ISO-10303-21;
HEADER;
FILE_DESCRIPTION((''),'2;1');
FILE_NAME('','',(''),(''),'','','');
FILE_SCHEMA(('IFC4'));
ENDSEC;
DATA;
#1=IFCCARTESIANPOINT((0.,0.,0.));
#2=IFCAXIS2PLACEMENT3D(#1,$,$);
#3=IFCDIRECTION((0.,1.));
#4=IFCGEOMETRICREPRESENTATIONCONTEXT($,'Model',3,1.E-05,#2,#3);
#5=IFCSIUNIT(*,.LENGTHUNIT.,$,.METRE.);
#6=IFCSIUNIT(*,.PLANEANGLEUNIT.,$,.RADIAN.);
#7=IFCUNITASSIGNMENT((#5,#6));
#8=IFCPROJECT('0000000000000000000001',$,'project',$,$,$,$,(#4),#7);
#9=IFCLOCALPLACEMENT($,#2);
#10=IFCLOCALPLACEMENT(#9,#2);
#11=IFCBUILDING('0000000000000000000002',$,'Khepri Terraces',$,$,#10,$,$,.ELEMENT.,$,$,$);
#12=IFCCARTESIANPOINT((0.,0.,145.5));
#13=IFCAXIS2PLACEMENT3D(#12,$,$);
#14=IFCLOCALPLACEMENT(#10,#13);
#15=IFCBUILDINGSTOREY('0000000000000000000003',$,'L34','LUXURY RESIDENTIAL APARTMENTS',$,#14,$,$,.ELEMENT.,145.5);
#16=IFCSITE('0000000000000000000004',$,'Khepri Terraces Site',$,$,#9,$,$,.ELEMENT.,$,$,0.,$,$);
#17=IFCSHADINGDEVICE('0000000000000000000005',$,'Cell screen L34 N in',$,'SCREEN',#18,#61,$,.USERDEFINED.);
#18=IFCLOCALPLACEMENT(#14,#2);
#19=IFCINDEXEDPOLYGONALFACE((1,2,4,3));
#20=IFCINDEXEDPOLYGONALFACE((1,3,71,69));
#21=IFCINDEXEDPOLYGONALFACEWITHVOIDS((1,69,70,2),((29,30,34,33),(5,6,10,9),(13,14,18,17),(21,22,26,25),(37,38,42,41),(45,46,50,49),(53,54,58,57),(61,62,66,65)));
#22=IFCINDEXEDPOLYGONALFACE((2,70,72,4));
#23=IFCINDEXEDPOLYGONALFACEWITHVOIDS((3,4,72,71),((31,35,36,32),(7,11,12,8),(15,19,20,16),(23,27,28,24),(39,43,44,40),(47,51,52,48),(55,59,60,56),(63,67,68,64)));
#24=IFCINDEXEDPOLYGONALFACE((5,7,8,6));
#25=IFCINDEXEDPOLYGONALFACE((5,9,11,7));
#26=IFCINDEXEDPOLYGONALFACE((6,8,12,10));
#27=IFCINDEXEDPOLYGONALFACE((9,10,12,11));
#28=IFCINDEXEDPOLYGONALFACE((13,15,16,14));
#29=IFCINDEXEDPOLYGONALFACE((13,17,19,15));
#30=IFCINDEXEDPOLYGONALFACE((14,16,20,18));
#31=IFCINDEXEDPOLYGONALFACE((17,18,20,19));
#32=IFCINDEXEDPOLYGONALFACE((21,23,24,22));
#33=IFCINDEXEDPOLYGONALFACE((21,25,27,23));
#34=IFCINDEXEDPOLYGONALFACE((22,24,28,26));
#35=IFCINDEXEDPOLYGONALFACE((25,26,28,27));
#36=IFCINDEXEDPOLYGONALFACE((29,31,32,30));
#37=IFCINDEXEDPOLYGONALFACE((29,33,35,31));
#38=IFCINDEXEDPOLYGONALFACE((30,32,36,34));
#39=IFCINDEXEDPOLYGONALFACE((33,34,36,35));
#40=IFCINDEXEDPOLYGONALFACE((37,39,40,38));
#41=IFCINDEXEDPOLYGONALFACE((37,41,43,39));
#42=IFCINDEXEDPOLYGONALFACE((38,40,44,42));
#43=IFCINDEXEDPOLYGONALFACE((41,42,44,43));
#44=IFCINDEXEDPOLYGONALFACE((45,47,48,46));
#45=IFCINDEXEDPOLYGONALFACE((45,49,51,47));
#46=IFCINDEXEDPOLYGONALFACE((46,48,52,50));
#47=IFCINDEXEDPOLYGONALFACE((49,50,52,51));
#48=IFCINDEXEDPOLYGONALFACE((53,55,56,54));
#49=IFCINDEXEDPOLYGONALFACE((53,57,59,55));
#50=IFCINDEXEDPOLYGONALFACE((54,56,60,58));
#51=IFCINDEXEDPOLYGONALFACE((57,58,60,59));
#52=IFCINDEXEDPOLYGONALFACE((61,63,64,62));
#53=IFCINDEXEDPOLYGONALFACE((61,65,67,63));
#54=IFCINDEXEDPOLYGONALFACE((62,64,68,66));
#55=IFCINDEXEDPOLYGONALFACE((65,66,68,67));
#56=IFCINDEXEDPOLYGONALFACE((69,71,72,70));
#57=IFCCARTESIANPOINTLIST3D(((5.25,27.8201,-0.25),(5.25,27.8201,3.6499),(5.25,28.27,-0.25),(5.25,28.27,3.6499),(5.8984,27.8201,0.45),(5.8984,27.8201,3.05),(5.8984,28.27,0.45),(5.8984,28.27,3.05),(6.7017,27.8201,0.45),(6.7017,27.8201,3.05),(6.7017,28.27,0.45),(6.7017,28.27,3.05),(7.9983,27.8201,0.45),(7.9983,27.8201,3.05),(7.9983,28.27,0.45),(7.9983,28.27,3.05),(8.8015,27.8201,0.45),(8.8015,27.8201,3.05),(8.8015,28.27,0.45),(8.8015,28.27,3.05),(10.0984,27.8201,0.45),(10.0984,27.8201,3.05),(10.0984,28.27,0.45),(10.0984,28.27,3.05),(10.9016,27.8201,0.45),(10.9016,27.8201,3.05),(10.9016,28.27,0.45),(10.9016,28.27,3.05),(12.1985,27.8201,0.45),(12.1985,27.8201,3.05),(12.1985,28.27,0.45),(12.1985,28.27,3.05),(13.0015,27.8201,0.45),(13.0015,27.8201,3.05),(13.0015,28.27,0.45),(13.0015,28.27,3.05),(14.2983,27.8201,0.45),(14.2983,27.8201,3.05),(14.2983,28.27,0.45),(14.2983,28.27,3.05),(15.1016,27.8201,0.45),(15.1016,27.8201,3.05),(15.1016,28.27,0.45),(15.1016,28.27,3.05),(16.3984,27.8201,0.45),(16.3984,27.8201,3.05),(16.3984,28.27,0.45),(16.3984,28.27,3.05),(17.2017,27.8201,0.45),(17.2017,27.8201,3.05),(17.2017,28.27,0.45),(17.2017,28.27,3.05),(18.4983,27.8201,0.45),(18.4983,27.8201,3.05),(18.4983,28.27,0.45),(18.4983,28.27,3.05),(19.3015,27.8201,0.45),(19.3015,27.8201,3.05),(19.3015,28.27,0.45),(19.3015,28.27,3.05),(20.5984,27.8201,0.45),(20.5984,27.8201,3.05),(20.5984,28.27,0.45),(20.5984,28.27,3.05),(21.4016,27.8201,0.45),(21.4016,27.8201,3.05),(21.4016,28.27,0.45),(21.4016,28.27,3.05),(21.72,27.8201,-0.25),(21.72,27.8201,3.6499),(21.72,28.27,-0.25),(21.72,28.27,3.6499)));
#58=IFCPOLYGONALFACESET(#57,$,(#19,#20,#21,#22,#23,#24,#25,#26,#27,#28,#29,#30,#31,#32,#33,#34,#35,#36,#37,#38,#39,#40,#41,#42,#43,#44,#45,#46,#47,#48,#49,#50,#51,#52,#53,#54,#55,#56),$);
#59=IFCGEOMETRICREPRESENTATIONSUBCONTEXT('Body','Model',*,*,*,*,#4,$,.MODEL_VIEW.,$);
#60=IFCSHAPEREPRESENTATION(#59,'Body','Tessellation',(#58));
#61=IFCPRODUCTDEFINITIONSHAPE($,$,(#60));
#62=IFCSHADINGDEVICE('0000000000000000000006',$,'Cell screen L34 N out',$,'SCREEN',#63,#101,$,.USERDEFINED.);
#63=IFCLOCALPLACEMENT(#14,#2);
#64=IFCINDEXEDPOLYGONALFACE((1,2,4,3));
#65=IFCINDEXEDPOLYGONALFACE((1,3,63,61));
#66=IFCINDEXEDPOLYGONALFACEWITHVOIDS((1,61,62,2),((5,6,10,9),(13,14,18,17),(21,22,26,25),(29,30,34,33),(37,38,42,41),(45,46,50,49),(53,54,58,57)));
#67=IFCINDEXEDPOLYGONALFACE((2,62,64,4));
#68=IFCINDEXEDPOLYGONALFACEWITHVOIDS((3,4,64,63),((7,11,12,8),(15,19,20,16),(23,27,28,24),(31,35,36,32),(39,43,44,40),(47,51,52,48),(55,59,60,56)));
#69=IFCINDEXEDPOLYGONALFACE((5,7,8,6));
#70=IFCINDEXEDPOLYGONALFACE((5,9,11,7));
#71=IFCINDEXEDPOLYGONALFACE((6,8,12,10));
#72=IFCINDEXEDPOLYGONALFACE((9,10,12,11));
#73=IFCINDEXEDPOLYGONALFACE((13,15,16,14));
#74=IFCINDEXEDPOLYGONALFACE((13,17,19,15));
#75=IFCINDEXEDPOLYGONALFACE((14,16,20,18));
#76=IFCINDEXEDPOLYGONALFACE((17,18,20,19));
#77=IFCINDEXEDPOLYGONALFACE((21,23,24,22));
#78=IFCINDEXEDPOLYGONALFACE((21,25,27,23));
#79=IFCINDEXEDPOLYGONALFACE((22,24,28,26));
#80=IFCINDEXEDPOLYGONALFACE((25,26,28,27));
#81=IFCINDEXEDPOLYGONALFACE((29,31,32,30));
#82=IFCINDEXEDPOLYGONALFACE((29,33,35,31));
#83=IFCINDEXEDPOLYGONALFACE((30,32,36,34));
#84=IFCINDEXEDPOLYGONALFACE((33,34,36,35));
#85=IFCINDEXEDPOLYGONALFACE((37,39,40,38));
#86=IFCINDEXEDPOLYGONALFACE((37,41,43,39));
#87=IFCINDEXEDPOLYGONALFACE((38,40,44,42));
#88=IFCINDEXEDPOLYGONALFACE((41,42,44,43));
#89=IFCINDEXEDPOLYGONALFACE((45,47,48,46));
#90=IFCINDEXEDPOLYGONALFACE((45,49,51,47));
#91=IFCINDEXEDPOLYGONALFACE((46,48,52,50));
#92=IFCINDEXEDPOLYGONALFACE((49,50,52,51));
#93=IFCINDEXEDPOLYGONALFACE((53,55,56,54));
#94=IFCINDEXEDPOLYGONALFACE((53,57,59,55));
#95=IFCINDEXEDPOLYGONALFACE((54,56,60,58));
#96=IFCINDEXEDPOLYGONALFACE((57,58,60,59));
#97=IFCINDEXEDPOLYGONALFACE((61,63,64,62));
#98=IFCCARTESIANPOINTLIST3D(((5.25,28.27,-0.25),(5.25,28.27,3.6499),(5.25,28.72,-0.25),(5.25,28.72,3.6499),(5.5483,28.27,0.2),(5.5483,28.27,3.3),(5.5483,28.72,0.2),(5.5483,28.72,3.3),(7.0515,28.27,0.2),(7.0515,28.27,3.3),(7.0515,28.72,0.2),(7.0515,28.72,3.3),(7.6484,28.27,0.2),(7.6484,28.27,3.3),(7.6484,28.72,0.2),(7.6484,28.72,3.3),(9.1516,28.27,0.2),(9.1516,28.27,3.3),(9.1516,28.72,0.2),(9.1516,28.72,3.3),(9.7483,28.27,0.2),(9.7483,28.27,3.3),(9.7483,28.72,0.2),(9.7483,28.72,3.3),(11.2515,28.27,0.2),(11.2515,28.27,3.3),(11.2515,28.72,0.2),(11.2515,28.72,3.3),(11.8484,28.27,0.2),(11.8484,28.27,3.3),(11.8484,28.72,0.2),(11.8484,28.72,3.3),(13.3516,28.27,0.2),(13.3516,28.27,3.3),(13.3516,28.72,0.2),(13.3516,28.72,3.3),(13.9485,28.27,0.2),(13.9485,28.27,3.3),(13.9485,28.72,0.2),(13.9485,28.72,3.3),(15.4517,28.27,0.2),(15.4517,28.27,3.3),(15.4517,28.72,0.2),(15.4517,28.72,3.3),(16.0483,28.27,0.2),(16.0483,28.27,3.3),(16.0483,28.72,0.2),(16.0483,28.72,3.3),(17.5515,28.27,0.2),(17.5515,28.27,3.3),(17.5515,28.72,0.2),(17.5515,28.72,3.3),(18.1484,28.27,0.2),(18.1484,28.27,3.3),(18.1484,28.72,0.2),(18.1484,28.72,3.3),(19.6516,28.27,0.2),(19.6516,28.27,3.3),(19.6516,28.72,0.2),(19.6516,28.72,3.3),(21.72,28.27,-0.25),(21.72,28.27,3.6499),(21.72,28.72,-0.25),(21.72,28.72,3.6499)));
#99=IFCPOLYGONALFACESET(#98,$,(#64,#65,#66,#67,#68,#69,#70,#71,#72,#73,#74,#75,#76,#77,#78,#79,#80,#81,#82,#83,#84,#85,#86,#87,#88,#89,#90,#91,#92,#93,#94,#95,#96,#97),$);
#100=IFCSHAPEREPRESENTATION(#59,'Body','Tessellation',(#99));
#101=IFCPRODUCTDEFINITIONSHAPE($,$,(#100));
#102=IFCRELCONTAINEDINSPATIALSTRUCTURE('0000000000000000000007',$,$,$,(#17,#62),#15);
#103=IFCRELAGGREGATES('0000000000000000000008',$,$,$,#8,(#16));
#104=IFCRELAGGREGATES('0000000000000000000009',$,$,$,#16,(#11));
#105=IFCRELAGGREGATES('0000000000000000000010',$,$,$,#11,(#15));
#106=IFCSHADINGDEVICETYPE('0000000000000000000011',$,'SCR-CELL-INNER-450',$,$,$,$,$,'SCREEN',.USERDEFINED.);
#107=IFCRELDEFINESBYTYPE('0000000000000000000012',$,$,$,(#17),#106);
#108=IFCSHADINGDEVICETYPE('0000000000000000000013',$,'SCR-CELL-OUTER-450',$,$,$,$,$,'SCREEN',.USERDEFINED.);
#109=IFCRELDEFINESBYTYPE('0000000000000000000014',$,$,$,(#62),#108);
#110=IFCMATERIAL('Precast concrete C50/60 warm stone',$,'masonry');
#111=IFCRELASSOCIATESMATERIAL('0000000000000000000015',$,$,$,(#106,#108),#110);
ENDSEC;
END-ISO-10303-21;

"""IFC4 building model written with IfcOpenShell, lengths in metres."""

from ifc_helpers import new_model, si_unit, direction, frame, origin, place, context, subcontext, project, spatial, polyline, outline, extrude, material, type_object, element, save


model = new_model("IFC4")

# Units and contexts
model_context = context("Model", 3, precision=1e-05, world=origin(), true_north=direction((0.0, 1.0)))
body_context = subcontext(model_context, "Body", "Model", "MODEL_VIEW")
ifc_project = project(units=[si_unit("LENGTHUNIT", "METRE"), si_unit("PLANEANGLEUNIT", "RADIAN")], contexts=[model_context])

# Site, building, storey
site_placement = place(None, origin())
site = spatial("IfcSite", under=ifc_project, at=site_placement, Name="Khepri Terraces Site", CompositionType="ELEMENT", RefElevation=0.0)
building_placement = place(site_placement, origin())
building = spatial("IfcBuilding", under=site, at=building_placement, Name="Khepri Terraces", CompositionType="ELEMENT")
storey_placement = place(building_placement, frame((0.0, 0.0, 145.5)))
storey = spatial("IfcBuildingStorey", under=building, at=storey_placement, Name="L34", Description="LUXURY RESIDENTIAL APARTMENTS", CompositionType="ELEMENT", Elevation=145.5)

# Shared definitions
ifc_material_1 = material(Name="Precast concrete C50/60 warm stone", Category="masonry")

# Shading devices
shading_device_type_1 = type_object("IfcShadingDeviceType", Name="SCR-CELL-INNER-450", ElementType="SCREEN", PredefinedType="USERDEFINED", material=ifc_material_1)
shading_device_1_placement = place(storey_placement, frame((21.72, 27.8201, -0.25), z_axis=(0.0, 1.0, 0.0), x_axis=(-1.0, 0.0, 0.0)))
element("IfcShadingDevice", 1, at=shading_device_1_placement, inside=storey, type_object=shading_device_type_1, Name="Cell screen L34 N in", ObjectType="SCREEN", PredefinedType="USERDEFINED", context=body_context, shape_type="SweptSolid", body=[
    extrude(outline(polyline([(0.0, 0.0), (16.47, 0.0), (16.47, 3.8999), (0.0, 3.8999), (0.0, 0.0)]), holes=[polyline([(0.3184, 0.7), (1.1216, 0.7), (1.1216, 3.3), (0.3184, 3.3), (0.3184, 0.7)]), polyline([(2.4185, 0.7), (3.2217, 0.7), (3.2217, 3.3), (2.4185, 3.3), (2.4185, 0.7)]), polyline([(4.5183, 0.7), (5.3215, 0.7), (5.3215, 3.3), (4.5183, 3.3), (4.5183, 0.7)]), polyline([(6.6184, 0.7), (7.4216, 0.7), (7.4216, 3.3), (6.6184, 3.3), (6.6184, 0.7)]), polyline([(8.7185, 0.7), (9.5215, 0.7), (9.5215, 3.3), (8.7185, 3.3), (8.7185, 0.7)]), polyline([(10.8184, 0.7), (11.6216, 0.7), (11.6216, 3.3), (10.8184, 3.3), (10.8184, 0.7)]), polyline([(12.9185, 0.7), (13.7217, 0.7), (13.7217, 3.3), (12.9185, 3.3), (12.9185, 0.7)]), polyline([(15.0183, 0.7), (15.8215, 0.7), (15.8215, 3.3), (15.0183, 3.3), (15.0183, 0.7)])]), origin(), (0.0, 0.0, 1.0), 0.45),
])
shading_device_type_2 = type_object("IfcShadingDeviceType", Name="SCR-CELL-OUTER-450", ElementType="SCREEN", PredefinedType="USERDEFINED", material=ifc_material_1)
shading_device_2_placement = place(storey_placement, frame((21.72, 28.27, -0.25), z_axis=(0.0, 1.0, 0.0), x_axis=(-1.0, 0.0, 0.0)))
element("IfcShadingDevice", 2, at=shading_device_2_placement, inside=storey, type_object=shading_device_type_2, Name="Cell screen L34 N out", ObjectType="SCREEN", PredefinedType="USERDEFINED", context=body_context, shape_type="SweptSolid", body=[
    extrude(outline(polyline([(0.0, 0.0), (16.47, 0.0), (16.47, 3.8999), (0.0, 3.8999), (0.0, 0.0)]), holes=[polyline([(2.0684, 0.45), (3.5715, 0.45), (3.5715, 3.55), (2.0684, 3.55), (2.0684, 0.45)]), polyline([(4.1685, 0.45), (5.6716, 0.45), (5.6716, 3.55), (4.1685, 3.55), (4.1685, 0.45)]), polyline([(6.2683, 0.45), (7.7715, 0.45), (7.7715, 3.55), (6.2683, 3.55), (6.2683, 0.45)]), polyline([(8.3684, 0.45), (9.8716, 0.45), (9.8716, 3.55), (8.3684, 3.55), (8.3684, 0.45)]), polyline([(10.4685, 0.45), (11.9717, 0.45), (11.9717, 3.55), (10.4685, 3.55), (10.4685, 0.45)]), polyline([(12.5684, 0.45), (14.0715, 0.45), (14.0715, 3.55), (12.5684, 3.55), (12.5684, 0.45)]), polyline([(14.6685, 0.45), (16.1716, 0.45), (16.1716, 3.55), (14.6685, 3.55), (14.6685, 0.45)])]), origin(), (0.0, 0.0, 1.0), 0.45),
])

save(model, "model.ifc")
